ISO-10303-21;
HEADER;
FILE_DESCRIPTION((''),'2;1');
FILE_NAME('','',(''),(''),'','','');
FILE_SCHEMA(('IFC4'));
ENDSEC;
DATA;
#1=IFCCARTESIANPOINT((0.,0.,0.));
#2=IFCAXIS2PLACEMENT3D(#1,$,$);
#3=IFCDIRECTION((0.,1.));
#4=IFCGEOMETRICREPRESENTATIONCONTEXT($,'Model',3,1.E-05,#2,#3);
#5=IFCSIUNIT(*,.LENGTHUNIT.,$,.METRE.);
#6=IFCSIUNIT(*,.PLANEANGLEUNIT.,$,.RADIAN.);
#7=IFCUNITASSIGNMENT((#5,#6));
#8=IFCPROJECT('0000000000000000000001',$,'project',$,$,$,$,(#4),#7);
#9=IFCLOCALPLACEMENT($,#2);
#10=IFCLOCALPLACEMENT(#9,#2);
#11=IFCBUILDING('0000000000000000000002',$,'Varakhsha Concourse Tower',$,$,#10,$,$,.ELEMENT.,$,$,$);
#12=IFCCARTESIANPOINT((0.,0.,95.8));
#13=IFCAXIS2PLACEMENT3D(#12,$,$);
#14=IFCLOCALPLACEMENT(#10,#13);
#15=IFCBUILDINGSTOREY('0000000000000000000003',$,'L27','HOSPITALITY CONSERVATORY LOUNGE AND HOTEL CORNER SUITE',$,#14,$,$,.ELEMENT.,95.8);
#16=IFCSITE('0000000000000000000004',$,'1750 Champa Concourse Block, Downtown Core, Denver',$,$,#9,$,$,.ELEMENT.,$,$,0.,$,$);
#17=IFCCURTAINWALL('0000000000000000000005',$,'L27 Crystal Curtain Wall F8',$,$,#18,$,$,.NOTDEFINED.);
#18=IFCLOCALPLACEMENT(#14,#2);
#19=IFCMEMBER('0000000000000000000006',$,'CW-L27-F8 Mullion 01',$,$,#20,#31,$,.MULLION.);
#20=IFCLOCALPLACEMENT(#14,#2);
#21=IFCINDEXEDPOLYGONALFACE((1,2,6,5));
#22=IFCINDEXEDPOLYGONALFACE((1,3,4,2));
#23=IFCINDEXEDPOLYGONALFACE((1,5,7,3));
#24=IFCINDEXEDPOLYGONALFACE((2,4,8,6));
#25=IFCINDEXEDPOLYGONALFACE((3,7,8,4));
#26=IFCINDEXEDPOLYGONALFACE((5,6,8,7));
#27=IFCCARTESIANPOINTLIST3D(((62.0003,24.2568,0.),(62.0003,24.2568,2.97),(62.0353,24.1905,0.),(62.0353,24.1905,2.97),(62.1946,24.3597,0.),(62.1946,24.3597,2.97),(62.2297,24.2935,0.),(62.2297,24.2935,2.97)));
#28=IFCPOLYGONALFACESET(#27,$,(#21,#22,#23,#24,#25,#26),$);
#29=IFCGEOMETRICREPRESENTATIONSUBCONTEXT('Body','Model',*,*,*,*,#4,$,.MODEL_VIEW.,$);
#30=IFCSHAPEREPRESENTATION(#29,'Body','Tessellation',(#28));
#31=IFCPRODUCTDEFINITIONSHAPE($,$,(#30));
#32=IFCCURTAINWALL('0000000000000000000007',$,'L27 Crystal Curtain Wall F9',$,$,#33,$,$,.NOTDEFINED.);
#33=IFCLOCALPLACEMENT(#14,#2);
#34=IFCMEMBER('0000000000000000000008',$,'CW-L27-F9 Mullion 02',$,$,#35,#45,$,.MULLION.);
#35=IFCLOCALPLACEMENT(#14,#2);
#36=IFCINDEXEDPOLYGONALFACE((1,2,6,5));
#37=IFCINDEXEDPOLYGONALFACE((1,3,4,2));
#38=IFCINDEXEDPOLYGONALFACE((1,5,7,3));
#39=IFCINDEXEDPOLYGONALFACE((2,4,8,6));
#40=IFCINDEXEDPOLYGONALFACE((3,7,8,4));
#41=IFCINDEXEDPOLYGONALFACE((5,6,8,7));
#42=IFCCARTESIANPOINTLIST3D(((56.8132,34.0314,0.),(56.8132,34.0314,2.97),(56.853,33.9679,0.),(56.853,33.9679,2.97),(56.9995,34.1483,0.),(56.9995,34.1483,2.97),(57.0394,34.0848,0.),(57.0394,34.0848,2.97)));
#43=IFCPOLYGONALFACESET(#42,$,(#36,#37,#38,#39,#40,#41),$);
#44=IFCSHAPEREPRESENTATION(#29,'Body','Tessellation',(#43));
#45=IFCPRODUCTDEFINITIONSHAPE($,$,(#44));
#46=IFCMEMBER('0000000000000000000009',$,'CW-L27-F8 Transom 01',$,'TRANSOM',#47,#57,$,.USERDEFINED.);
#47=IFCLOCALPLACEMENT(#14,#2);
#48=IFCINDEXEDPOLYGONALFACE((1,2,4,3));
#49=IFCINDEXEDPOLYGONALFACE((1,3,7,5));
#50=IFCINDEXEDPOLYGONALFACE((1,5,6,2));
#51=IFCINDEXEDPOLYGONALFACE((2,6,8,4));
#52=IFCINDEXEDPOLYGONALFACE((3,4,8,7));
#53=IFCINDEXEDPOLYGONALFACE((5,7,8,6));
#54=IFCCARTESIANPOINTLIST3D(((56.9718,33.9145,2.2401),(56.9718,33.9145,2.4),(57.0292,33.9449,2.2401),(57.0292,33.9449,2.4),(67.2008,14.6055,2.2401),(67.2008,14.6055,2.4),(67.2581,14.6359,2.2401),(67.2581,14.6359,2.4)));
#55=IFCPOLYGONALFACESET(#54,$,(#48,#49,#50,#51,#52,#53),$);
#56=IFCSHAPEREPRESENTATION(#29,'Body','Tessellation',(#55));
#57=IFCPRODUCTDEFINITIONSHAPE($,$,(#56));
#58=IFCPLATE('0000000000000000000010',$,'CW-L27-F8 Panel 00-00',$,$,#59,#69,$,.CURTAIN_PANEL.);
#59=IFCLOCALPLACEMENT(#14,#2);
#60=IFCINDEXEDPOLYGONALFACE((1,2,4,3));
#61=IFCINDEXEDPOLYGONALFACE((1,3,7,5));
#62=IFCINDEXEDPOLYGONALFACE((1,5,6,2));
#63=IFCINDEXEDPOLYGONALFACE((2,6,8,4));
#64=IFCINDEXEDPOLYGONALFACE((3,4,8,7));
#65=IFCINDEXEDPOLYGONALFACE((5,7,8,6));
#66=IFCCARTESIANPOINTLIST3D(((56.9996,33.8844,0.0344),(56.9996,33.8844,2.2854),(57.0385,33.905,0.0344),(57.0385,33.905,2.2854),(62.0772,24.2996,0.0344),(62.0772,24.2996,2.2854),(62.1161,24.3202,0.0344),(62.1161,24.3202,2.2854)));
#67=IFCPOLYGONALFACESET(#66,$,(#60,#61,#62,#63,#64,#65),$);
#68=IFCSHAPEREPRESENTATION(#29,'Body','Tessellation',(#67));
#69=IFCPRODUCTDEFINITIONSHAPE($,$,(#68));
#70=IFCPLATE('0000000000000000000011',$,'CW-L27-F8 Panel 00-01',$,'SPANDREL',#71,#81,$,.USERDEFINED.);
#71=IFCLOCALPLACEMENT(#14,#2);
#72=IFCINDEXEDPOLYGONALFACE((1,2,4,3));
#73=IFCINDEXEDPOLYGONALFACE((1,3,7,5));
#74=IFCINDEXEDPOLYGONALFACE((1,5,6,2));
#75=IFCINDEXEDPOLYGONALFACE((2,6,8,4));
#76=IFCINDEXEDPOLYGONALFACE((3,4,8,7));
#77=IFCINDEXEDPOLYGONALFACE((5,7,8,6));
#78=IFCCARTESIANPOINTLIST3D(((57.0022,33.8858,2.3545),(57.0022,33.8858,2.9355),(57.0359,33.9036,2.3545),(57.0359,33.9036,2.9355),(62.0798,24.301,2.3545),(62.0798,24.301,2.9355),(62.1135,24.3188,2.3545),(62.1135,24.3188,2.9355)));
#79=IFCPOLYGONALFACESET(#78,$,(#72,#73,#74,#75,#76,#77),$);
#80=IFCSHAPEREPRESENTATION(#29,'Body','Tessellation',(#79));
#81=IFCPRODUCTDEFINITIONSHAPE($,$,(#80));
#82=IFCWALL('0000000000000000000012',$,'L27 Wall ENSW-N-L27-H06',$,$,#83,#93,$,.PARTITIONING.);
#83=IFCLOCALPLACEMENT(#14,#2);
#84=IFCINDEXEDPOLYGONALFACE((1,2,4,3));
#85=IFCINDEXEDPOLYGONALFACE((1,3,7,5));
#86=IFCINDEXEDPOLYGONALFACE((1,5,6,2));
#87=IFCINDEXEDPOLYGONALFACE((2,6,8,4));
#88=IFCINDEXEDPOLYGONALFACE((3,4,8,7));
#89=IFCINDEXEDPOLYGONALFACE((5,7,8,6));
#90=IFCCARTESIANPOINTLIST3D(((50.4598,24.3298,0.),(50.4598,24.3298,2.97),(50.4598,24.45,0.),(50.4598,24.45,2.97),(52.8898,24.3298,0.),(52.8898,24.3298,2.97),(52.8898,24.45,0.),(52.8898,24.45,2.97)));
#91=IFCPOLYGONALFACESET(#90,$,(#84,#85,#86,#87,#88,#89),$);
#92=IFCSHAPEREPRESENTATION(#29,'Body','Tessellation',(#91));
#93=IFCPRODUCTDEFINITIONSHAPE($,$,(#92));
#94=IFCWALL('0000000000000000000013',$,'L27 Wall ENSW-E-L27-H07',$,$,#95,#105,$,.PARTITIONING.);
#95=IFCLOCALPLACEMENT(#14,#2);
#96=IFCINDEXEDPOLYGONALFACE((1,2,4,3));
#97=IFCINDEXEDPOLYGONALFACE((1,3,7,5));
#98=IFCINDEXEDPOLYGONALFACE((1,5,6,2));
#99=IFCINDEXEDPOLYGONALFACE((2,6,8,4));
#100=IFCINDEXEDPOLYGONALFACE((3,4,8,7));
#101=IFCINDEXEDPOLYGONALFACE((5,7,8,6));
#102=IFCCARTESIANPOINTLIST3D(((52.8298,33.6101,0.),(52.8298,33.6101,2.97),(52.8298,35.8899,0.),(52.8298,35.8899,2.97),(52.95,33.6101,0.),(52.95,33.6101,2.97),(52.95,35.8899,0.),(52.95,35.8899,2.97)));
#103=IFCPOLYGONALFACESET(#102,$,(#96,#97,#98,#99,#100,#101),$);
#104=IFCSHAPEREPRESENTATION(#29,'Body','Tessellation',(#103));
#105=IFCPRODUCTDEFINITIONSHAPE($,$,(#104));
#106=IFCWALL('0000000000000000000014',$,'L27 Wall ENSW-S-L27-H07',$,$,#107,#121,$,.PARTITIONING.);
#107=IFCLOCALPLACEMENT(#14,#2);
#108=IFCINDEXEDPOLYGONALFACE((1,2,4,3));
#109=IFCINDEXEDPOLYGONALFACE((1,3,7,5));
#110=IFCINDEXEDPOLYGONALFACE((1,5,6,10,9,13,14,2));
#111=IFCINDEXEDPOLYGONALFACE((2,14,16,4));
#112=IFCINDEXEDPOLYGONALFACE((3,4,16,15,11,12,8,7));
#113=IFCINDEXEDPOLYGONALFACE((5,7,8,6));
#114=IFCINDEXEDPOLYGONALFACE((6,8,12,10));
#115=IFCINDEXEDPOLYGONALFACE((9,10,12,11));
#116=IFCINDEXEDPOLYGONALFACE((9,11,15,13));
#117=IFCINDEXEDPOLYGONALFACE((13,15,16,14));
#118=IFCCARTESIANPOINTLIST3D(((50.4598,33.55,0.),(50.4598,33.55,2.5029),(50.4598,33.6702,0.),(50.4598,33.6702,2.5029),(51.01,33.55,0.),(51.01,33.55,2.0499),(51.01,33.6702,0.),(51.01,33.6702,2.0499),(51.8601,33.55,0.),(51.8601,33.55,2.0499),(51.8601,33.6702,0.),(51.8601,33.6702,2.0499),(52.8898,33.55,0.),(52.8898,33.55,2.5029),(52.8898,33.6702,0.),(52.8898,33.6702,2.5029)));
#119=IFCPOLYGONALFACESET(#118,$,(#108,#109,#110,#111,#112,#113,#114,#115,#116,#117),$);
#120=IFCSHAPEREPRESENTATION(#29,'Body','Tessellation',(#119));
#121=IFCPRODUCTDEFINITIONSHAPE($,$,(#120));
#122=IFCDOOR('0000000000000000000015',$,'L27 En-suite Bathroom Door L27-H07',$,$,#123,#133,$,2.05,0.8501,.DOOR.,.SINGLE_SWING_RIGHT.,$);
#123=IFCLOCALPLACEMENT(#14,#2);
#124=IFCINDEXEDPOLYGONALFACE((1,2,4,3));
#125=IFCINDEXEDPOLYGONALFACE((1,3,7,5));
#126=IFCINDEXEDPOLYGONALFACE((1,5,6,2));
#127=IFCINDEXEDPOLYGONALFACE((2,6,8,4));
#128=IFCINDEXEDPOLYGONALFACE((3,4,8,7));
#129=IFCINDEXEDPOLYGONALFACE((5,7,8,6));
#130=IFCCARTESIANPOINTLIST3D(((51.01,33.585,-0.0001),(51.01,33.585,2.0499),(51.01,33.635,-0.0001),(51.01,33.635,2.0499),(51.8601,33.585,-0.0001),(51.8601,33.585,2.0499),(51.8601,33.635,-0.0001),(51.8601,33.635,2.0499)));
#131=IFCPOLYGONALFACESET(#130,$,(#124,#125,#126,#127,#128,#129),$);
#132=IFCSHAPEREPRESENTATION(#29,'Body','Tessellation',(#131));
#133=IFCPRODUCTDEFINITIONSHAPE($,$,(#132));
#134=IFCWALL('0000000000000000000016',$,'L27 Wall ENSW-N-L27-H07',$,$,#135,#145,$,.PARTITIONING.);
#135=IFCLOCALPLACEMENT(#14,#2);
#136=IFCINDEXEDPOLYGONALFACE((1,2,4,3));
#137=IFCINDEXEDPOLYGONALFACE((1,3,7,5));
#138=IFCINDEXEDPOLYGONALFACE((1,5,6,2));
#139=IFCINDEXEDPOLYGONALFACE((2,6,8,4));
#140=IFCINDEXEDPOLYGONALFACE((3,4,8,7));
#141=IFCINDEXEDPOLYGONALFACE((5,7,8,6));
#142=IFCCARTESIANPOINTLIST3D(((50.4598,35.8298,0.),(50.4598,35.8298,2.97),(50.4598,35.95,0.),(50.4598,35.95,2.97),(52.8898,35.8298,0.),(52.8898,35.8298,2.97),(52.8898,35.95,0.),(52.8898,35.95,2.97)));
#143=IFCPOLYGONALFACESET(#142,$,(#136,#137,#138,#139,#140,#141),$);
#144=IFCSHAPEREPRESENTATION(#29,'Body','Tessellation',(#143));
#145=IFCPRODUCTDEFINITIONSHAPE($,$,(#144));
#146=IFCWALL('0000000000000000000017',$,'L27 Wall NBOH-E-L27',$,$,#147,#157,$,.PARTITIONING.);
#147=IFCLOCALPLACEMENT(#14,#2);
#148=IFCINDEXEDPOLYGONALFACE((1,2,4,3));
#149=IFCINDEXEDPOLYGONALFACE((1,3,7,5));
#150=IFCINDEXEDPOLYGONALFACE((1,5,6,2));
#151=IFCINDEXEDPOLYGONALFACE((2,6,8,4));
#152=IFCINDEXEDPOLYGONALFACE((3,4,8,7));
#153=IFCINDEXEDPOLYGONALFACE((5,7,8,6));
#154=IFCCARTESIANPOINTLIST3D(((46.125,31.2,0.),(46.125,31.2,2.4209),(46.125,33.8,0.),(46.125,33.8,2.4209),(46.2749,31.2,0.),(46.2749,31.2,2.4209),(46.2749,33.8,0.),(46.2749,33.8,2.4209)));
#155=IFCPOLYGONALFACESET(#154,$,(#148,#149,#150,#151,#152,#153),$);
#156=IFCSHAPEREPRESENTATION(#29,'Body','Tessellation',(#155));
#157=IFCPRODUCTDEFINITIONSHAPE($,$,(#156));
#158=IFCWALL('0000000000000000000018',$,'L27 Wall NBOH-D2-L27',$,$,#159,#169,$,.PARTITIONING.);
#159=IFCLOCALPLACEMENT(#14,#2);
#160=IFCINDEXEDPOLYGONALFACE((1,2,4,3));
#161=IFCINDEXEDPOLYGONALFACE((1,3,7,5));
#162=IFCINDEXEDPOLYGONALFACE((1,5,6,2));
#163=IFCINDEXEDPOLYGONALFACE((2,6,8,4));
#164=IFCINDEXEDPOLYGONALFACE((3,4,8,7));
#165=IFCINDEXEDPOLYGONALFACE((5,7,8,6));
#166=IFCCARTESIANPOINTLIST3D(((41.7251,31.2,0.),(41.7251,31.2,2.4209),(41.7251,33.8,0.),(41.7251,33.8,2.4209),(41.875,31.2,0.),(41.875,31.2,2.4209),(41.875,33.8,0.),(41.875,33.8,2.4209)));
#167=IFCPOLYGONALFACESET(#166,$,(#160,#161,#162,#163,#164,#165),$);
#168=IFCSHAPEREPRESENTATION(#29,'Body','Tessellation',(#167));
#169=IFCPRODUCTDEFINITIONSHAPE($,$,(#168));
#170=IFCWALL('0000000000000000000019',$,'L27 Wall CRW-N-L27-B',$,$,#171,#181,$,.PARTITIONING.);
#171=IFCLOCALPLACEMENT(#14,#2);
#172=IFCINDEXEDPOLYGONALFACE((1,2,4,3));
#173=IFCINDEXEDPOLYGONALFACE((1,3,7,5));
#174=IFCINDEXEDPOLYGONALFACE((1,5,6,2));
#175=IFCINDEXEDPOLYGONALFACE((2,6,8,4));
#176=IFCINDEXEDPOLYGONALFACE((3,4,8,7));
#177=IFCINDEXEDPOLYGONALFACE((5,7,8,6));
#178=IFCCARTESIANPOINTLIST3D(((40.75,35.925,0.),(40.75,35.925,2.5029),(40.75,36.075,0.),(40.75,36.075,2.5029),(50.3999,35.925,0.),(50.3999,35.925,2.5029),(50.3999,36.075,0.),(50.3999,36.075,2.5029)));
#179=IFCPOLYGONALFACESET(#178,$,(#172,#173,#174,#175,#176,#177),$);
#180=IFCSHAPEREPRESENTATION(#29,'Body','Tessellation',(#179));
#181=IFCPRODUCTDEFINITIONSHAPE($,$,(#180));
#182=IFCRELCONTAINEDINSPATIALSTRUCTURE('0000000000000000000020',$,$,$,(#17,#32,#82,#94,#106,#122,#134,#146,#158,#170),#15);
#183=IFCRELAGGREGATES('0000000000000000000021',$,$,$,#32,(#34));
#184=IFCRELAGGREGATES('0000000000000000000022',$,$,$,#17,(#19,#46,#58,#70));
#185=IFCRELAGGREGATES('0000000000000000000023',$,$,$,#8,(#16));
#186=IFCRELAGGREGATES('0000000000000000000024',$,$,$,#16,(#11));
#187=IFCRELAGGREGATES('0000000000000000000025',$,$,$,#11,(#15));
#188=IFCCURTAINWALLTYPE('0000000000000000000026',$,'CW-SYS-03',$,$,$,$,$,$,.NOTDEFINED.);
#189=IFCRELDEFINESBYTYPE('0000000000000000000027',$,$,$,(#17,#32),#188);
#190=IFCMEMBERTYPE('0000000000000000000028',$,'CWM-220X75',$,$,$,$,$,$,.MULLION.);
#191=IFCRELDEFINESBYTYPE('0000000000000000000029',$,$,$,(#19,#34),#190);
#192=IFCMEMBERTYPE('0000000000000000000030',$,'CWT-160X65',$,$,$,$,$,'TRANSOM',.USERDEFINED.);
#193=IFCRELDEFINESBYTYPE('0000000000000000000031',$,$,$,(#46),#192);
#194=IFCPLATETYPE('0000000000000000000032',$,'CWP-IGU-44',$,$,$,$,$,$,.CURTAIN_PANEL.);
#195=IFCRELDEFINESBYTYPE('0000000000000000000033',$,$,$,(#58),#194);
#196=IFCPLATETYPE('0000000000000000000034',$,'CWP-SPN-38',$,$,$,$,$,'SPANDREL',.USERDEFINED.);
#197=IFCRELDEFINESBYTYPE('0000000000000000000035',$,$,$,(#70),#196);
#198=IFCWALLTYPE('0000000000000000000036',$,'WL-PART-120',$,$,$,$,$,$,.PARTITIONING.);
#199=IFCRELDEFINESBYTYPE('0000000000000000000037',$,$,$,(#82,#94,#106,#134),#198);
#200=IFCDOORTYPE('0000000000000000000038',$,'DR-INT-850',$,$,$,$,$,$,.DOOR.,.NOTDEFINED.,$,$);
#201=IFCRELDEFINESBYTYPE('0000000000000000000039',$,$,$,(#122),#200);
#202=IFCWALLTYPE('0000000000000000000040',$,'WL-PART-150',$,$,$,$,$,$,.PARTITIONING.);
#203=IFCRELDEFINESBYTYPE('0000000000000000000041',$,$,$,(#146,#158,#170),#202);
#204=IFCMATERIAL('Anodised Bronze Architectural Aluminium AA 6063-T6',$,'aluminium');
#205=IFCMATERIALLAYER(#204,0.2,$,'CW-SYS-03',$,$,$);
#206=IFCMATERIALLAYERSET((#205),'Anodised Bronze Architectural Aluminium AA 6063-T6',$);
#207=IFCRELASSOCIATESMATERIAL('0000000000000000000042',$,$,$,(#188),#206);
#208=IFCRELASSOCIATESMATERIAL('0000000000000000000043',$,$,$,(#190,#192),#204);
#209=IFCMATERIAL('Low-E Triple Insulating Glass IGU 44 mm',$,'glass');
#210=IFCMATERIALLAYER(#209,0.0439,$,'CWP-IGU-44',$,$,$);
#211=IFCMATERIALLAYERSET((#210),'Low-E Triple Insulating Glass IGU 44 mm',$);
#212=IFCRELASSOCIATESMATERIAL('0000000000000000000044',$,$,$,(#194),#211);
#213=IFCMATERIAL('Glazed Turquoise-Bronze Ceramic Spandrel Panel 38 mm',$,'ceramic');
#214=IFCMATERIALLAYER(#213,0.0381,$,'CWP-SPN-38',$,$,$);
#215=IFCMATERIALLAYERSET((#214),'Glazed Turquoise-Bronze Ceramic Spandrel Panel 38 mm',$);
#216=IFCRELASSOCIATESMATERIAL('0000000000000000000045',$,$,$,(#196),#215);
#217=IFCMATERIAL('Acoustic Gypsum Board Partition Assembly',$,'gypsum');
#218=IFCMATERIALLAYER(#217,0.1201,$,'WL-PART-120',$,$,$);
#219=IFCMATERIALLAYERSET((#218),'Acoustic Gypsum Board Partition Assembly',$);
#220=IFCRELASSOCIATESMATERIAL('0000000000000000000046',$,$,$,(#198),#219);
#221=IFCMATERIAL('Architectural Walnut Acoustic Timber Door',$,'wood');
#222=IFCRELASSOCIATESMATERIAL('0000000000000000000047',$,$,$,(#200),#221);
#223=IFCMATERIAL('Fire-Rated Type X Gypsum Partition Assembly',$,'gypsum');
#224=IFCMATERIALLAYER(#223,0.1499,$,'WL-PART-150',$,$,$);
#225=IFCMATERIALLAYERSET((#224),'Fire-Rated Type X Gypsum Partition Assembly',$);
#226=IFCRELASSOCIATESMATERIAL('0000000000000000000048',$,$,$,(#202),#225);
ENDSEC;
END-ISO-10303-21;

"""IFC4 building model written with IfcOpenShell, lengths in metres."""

from ifc_helpers import new_model, si_unit, direction, frame, frame_2d, origin, origin_2d, place, context, subcontext, project, spatial, rectangle, extrude, source, transform, mapped, material, layer, layer_set, material_profile, profile_set, type_object, type_shapes, element, fill, aggregate, save


model = new_model("IFC4")

# Units and contexts
model_context = context("Model", 3, precision=1e-05, world=origin(), true_north=direction((0.0, 1.0)))
body_context = subcontext(model_context, "Body", "Model", "MODEL_VIEW")
ifc_project = project(units=[si_unit("LENGTHUNIT", "METRE"), si_unit("PLANEANGLEUNIT", "RADIAN")], contexts=[model_context])

# Site, building, storey
site_placement = place(None, origin())
site = spatial("IfcSite", under=ifc_project, at=site_placement, Name="1750 Champa Concourse Block, Downtown Core, Denver", CompositionType="ELEMENT", RefElevation=0.0)
building_placement = place(site_placement, origin())
building = spatial("IfcBuilding", under=site, at=building_placement, Name="Varakhsha Concourse Tower", CompositionType="ELEMENT")
storey_placement = place(building_placement, frame((0.0, 0.0, 95.8)))
storey = spatial("IfcBuildingStorey", under=building, at=storey_placement, Name="L27", Description="HOSPITALITY CONSERVATORY LOUNGE AND HOTEL CORNER SUITE", CompositionType="ELEMENT", Elevation=95.8)

# Curtain wall, member
ifc_material_1 = material(Name="Anodised Bronze Architectural Aluminium AA 6063-T6", Category="aluminium")
ifc_layer_1 = layer(ifc_material_1, 0.2, Name="CW-SYS-03")
ifc_layer_set_1 = layer_set([ifc_layer_1], Name="Anodised Bronze Architectural Aluminium AA 6063-T6")
curtain_wall_type = type_object("IfcCurtainWallType", Name="CW-SYS-03", PredefinedType="NOTDEFINED", material=ifc_layer_set_1)
curtain_wall_1_placement = place(storey_placement, origin())
curtain_wall_1 = element("IfcCurtainWall", 1, at=curtain_wall_1_placement, inside=storey, type_object=curtain_wall_type, Name="L27 Crystal Curtain Wall F8", PredefinedType="NOTDEFINED")
ifc_material_profile_1 = material_profile(ifc_material_1, rectangle(XDim=0.075, YDim=0.22, at=origin_2d()), Name="CWM-220X75")
ifc_profile_set_1 = profile_set([ifc_material_profile_1], Name="Anodised Bronze Architectural Aluminium AA 6063-T6")
member_type_1 = type_object("IfcMemberType", Name="CWM-220X75", PredefinedType="MULLION", material=ifc_profile_set_1)
shared_shape_1 = source(origin(), body_context, "Body", "SweptSolid", [
    extrude(rectangle(XDim=0.075, YDim=0.22, at=origin_2d()), origin(), (0.0, 0.0, 1.0), 2.97),
])
type_shapes(member_type_1, [shared_shape_1])
member_1_placement = place(storey_placement, frame((62.115, 24.2751, 0.0), z_axis=(0.0, 0.0, 1.0), x_axis=(0.468124, -0.883663, 0.0)))
member_1 = element("IfcMember", 2, at=member_1_placement, type_object=member_type_1, Name="CW-L27-F8 Mullion 01", PredefinedType="MULLION", context=body_context, shape_type="MappedRepresentation", body=[
    mapped(shared_shape_1, transform((0.0, 0.0, 0.0), scale=1.0)),
])

# Curtain wall, member
curtain_wall_2_placement = place(storey_placement, origin())
curtain_wall_2 = element("IfcCurtainWall", 3, at=curtain_wall_2_placement, inside=storey, type_object=curtain_wall_type, Name="L27 Crystal Curtain Wall F9", PredefinedType="NOTDEFINED")
member_2_placement = place(storey_placement, frame((56.9263, 34.0581, 0.0), z_axis=(0.0, 0.0, 1.0), x_axis=(0.531209, -0.847241, 0.0)))
member_2 = element("IfcMember", 4, at=member_2_placement, type_object=member_type_1, Name="CW-L27-F9 Mullion 02", PredefinedType="MULLION", context=body_context, shape_type="MappedRepresentation", body=[
    mapped(shared_shape_1, transform((0.0, 0.0, 0.0), scale=1.0)),
])
aggregate(curtain_wall_2, [member_2])

# Member
ifc_material_profile_2 = material_profile(ifc_material_1, rectangle(XDim=0.0649, YDim=0.1599, at=origin_2d()), Name="CWT-160X65")
ifc_profile_set_2 = profile_set([ifc_material_profile_2], Name="Anodised Bronze Architectural Aluminium AA 6063-T6")
member_type_2 = type_object("IfcMemberType", Name="CWT-160X65", ElementType="TRANSOM", PredefinedType="USERDEFINED", material=ifc_profile_set_2)
shared_shape_2 = source(origin(), body_context, "Body", "SweptSolid", [
    extrude(rectangle(XDim=0.0649, YDim=0.1599, at=origin_2d()), origin(), (0.0, 0.0, 1.0), 21.8511),
])
type_shapes(member_type_2, [shared_shape_2])
member_3_placement = place(storey_placement, frame((57.0005, 33.9297, 2.3201), z_axis=(0.468122, -0.883664, 0.0), x_axis=(0.883664, 0.468122, 0.0)))
member_3 = element("IfcMember", 5, at=member_3_placement, type_object=member_type_2, Name="CW-L27-F8 Transom 01", ObjectType="TRANSOM", PredefinedType="USERDEFINED", context=body_context, shape_type="MappedRepresentation", body=[
    mapped(shared_shape_2, transform((0.0, 0.0, 0.0), scale=1.0)),
])

# Plates
ifc_material_2 = material(Name="Low-E Triple Insulating Glass IGU 44 mm", Category="glass")
ifc_layer_2 = layer(ifc_material_2, 0.0439, Name="CWP-IGU-44")
ifc_layer_set_2 = layer_set([ifc_layer_2], Name="Low-E Triple Insulating Glass IGU 44 mm")
plate_type_1 = type_object("IfcPlateType", Name="CWP-IGU-44", PredefinedType="CURTAIN_PANEL", material=ifc_layer_set_2)
shared_shape_3 = source(origin(), body_context, "Body", "SweptSolid", [
    extrude(rectangle(XDim=10.8467, YDim=0.0439, at=origin_2d()), origin(), (0.0, 0.0, 1.0), 2.251),
])
type_shapes(plate_type_1, [shared_shape_3])
plate_1_placement = place(storey_placement, frame((59.5579, 29.1023, 0.0344), z_axis=(0.0, 0.0, 1.0), x_axis=(0.468124, -0.883663, 0.0)))
plate_1 = element("IfcPlate", 6, at=plate_1_placement, type_object=plate_type_1, Name="CW-L27-F8 Panel 00-00", PredefinedType="CURTAIN_PANEL", context=body_context, shape_type="MappedRepresentation", body=[
    mapped(shared_shape_3, transform((0.0, 0.0, 0.0), scale=1.0)),
])
ifc_material_3 = material(Name="Glazed Turquoise-Bronze Ceramic Spandrel Panel 38 mm", Category="ceramic")
ifc_layer_3 = layer(ifc_material_3, 0.0381, Name="CWP-SPN-38")
ifc_layer_set_3 = layer_set([ifc_layer_3], Name="Glazed Turquoise-Bronze Ceramic Spandrel Panel 38 mm")
plate_type_2 = type_object("IfcPlateType", Name="CWP-SPN-38", ElementType="SPANDREL", PredefinedType="USERDEFINED", material=ifc_layer_set_3)
shared_shape_4 = source(origin(), body_context, "Body", "SweptSolid", [
    extrude(rectangle(XDim=10.8467, YDim=0.0381, at=origin_2d()), origin(), (0.0, 0.0, 1.0), 0.5811),
])
type_shapes(plate_type_2, [shared_shape_4])
plate_2_placement = place(storey_placement, frame((59.5579, 29.1023, 2.3545), z_axis=(0.0, 0.0, 1.0), x_axis=(0.468124, -0.883663, 0.0)))
plate_2 = element("IfcPlate", 7, at=plate_2_placement, type_object=plate_type_2, Name="CW-L27-F8 Panel 00-01", ObjectType="SPANDREL", PredefinedType="USERDEFINED", context=body_context, shape_type="MappedRepresentation", body=[
    mapped(shared_shape_4, transform((0.0, 0.0, 0.0), scale=1.0)),
])
aggregate(curtain_wall_1, [member_1, member_3, plate_1, plate_2])

# Walls
ifc_material_4 = material(Name="Acoustic Gypsum Board Partition Assembly", Category="gypsum")
ifc_layer_4 = layer(ifc_material_4, 0.1201, Name="WL-PART-120")
ifc_layer_set_4 = layer_set([ifc_layer_4], Name="Acoustic Gypsum Board Partition Assembly")
wall_type_1 = type_object("IfcWallType", Name="WL-PART-120", PredefinedType="PARTITIONING", material=ifc_layer_set_4)
wall_1_placement = place(storey_placement, frame((50.46, 24.3899, 0.0), z_axis=(0.0, 0.0, 1.0), x_axis=(1.0, 0.0, 0.0)))
element("IfcWall", 8, at=wall_1_placement, inside=storey, type_object=wall_type_1, Name="L27 Wall ENSW-N-L27-H06", PredefinedType="PARTITIONING", context=body_context, shape_type="SweptSolid", body=[
    extrude(rectangle(XDim=2.4299, YDim=0.1201, at=frame_2d((1.2148, 0.0))), origin(), (0.0, 0.0, 1.0), 2.97),
])
wall_2_placement = place(storey_placement, frame((52.8899, 33.6101, 0.0), z_axis=(0.0, 0.0, 1.0), x_axis=(0.0, 1.0, 0.0)))
element("IfcWall", 9, at=wall_2_placement, inside=storey, type_object=wall_type_1, Name="L27 Wall ENSW-E-L27-H07", PredefinedType="PARTITIONING", context=body_context, shape_type="SweptSolid", body=[
    extrude(rectangle(XDim=2.2798, YDim=0.1201, at=frame_2d((1.1399, 0.0))), origin(), (0.0, 0.0, 1.0), 2.97),
])

# Wall, opening, door
wall_3_placement = place(storey_placement, frame((50.46, 33.6101, 0.0), z_axis=(0.0, 0.0, 1.0), x_axis=(1.0, 0.0, 0.0)))
wall_3 = element("IfcWall", 10, at=wall_3_placement, inside=storey, type_object=wall_type_1, Name="L27 Wall ENSW-S-L27-H07", PredefinedType="PARTITIONING", context=body_context, shape_type="SweptSolid", body=[
    extrude(rectangle(XDim=2.4299, YDim=0.1201, at=frame_2d((1.2148, 0.0))), origin(), (0.0, 0.0, 1.0), 2.5029),
])
opening_placement = place(wall_3_placement, frame((0.55, 0.0, 0.0)))
opening = element("IfcOpeningElement", 11, at=opening_placement, cuts=wall_3, PredefinedType="OPENING", context=body_context, shape_type="SweptSolid", body=[
    extrude(rectangle(XDim=0.8501, YDim=2.05, at=frame_2d((0.425, 1.0249))), frame((0.0, 0.0701, 0.0), z_axis=(0.0, -1.0, 0.0), x_axis=(1.0, 0.0, 0.0)), (0.0, 0.0, 1.0), 0.1401),
])
ifc_material_5 = material(Name="Architectural Walnut Acoustic Timber Door", Category="wood")
door_type = type_object("IfcDoorType", Name="DR-INT-850", OperationType="NOTDEFINED", PredefinedType="DOOR", material=ifc_material_5)
door_placement = place(opening_placement, origin())
door = element("IfcDoor", 12, at=door_placement, inside=storey, type_object=door_type, Name="L27 En-suite Bathroom Door L27-H07", OperationType="SINGLE_SWING_RIGHT", OverallHeight=2.05, OverallWidth=0.8501, PredefinedType="DOOR", context=body_context, shape_type="SweptSolid", body=[
    extrude(rectangle(XDim=0.8501, YDim=2.05, at=frame_2d((0.425, 1.0249))), frame((0.0, 0.0249, 0.0), z_axis=(0.0, -1.0, 0.0), x_axis=(1.0, 0.0, 0.0)), (0.0, 0.0, 1.0), 0.05),
])
fill(opening, door)

# Walls
wall_4_placement = place(storey_placement, frame((50.46, 35.8899, 0.0), z_axis=(0.0, 0.0, 1.0), x_axis=(1.0, 0.0, 0.0)))
element("IfcWall", 13, at=wall_4_placement, inside=storey, type_object=wall_type_1, Name="L27 Wall ENSW-N-L27-H07", PredefinedType="PARTITIONING", context=body_context, shape_type="SweptSolid", body=[
    extrude(rectangle(XDim=2.4299, YDim=0.1201, at=frame_2d((1.2148, 0.0))), origin(), (0.0, 0.0, 1.0), 2.97),
])
ifc_material_6 = material(Name="Fire-Rated Type X Gypsum Partition Assembly", Category="gypsum")
ifc_layer_5 = layer(ifc_material_6, 0.1499, Name="WL-PART-150")
ifc_layer_set_5 = layer_set([ifc_layer_5], Name="Fire-Rated Type X Gypsum Partition Assembly")
wall_type_2 = type_object("IfcWallType", Name="WL-PART-150", PredefinedType="PARTITIONING", material=ifc_layer_set_5)
for number, where, z_axis, x_axis, name in (
    (14, (46.2, 31.2, 0.0), (0.0, 0.0, 1.0), (0.0, 1.0, 0.0), "L27 Wall NBOH-E-L27"),
    (15, (41.8, 31.2, 0.0), (0.0, 0.0, 1.0), (0.0, 1.0, 0.0), "L27 Wall NBOH-D2-L27"),
):
    element("IfcWall", number, at=place(storey_placement, frame(where, z_axis=z_axis, x_axis=x_axis)), inside=storey, type_object=wall_type_2, Name=name, PredefinedType="PARTITIONING", context=body_context, shape_type="SweptSolid", body=[
        extrude(rectangle(XDim=2.6001, YDim=0.1499, at=frame_2d((1.3, 0.0))), origin(), (0.0, 0.0, 1.0), 2.4209),
    ])
wall_5_placement = place(storey_placement, frame((40.75, 36.0, 0.0), z_axis=(0.0, 0.0, 1.0), x_axis=(1.0, 0.0, 0.0)))
element("IfcWall", 16, at=wall_5_placement, inside=storey, type_object=wall_type_2, Name="L27 Wall CRW-N-L27-B", PredefinedType="PARTITIONING", context=body_context, shape_type="SweptSolid", body=[
    extrude(rectangle(XDim=9.6499, YDim=0.1499, at=frame_2d((4.825, 0.0))), origin(), (0.0, 0.0, 1.0), 2.5029),
])

save(model, "model.ifc")
